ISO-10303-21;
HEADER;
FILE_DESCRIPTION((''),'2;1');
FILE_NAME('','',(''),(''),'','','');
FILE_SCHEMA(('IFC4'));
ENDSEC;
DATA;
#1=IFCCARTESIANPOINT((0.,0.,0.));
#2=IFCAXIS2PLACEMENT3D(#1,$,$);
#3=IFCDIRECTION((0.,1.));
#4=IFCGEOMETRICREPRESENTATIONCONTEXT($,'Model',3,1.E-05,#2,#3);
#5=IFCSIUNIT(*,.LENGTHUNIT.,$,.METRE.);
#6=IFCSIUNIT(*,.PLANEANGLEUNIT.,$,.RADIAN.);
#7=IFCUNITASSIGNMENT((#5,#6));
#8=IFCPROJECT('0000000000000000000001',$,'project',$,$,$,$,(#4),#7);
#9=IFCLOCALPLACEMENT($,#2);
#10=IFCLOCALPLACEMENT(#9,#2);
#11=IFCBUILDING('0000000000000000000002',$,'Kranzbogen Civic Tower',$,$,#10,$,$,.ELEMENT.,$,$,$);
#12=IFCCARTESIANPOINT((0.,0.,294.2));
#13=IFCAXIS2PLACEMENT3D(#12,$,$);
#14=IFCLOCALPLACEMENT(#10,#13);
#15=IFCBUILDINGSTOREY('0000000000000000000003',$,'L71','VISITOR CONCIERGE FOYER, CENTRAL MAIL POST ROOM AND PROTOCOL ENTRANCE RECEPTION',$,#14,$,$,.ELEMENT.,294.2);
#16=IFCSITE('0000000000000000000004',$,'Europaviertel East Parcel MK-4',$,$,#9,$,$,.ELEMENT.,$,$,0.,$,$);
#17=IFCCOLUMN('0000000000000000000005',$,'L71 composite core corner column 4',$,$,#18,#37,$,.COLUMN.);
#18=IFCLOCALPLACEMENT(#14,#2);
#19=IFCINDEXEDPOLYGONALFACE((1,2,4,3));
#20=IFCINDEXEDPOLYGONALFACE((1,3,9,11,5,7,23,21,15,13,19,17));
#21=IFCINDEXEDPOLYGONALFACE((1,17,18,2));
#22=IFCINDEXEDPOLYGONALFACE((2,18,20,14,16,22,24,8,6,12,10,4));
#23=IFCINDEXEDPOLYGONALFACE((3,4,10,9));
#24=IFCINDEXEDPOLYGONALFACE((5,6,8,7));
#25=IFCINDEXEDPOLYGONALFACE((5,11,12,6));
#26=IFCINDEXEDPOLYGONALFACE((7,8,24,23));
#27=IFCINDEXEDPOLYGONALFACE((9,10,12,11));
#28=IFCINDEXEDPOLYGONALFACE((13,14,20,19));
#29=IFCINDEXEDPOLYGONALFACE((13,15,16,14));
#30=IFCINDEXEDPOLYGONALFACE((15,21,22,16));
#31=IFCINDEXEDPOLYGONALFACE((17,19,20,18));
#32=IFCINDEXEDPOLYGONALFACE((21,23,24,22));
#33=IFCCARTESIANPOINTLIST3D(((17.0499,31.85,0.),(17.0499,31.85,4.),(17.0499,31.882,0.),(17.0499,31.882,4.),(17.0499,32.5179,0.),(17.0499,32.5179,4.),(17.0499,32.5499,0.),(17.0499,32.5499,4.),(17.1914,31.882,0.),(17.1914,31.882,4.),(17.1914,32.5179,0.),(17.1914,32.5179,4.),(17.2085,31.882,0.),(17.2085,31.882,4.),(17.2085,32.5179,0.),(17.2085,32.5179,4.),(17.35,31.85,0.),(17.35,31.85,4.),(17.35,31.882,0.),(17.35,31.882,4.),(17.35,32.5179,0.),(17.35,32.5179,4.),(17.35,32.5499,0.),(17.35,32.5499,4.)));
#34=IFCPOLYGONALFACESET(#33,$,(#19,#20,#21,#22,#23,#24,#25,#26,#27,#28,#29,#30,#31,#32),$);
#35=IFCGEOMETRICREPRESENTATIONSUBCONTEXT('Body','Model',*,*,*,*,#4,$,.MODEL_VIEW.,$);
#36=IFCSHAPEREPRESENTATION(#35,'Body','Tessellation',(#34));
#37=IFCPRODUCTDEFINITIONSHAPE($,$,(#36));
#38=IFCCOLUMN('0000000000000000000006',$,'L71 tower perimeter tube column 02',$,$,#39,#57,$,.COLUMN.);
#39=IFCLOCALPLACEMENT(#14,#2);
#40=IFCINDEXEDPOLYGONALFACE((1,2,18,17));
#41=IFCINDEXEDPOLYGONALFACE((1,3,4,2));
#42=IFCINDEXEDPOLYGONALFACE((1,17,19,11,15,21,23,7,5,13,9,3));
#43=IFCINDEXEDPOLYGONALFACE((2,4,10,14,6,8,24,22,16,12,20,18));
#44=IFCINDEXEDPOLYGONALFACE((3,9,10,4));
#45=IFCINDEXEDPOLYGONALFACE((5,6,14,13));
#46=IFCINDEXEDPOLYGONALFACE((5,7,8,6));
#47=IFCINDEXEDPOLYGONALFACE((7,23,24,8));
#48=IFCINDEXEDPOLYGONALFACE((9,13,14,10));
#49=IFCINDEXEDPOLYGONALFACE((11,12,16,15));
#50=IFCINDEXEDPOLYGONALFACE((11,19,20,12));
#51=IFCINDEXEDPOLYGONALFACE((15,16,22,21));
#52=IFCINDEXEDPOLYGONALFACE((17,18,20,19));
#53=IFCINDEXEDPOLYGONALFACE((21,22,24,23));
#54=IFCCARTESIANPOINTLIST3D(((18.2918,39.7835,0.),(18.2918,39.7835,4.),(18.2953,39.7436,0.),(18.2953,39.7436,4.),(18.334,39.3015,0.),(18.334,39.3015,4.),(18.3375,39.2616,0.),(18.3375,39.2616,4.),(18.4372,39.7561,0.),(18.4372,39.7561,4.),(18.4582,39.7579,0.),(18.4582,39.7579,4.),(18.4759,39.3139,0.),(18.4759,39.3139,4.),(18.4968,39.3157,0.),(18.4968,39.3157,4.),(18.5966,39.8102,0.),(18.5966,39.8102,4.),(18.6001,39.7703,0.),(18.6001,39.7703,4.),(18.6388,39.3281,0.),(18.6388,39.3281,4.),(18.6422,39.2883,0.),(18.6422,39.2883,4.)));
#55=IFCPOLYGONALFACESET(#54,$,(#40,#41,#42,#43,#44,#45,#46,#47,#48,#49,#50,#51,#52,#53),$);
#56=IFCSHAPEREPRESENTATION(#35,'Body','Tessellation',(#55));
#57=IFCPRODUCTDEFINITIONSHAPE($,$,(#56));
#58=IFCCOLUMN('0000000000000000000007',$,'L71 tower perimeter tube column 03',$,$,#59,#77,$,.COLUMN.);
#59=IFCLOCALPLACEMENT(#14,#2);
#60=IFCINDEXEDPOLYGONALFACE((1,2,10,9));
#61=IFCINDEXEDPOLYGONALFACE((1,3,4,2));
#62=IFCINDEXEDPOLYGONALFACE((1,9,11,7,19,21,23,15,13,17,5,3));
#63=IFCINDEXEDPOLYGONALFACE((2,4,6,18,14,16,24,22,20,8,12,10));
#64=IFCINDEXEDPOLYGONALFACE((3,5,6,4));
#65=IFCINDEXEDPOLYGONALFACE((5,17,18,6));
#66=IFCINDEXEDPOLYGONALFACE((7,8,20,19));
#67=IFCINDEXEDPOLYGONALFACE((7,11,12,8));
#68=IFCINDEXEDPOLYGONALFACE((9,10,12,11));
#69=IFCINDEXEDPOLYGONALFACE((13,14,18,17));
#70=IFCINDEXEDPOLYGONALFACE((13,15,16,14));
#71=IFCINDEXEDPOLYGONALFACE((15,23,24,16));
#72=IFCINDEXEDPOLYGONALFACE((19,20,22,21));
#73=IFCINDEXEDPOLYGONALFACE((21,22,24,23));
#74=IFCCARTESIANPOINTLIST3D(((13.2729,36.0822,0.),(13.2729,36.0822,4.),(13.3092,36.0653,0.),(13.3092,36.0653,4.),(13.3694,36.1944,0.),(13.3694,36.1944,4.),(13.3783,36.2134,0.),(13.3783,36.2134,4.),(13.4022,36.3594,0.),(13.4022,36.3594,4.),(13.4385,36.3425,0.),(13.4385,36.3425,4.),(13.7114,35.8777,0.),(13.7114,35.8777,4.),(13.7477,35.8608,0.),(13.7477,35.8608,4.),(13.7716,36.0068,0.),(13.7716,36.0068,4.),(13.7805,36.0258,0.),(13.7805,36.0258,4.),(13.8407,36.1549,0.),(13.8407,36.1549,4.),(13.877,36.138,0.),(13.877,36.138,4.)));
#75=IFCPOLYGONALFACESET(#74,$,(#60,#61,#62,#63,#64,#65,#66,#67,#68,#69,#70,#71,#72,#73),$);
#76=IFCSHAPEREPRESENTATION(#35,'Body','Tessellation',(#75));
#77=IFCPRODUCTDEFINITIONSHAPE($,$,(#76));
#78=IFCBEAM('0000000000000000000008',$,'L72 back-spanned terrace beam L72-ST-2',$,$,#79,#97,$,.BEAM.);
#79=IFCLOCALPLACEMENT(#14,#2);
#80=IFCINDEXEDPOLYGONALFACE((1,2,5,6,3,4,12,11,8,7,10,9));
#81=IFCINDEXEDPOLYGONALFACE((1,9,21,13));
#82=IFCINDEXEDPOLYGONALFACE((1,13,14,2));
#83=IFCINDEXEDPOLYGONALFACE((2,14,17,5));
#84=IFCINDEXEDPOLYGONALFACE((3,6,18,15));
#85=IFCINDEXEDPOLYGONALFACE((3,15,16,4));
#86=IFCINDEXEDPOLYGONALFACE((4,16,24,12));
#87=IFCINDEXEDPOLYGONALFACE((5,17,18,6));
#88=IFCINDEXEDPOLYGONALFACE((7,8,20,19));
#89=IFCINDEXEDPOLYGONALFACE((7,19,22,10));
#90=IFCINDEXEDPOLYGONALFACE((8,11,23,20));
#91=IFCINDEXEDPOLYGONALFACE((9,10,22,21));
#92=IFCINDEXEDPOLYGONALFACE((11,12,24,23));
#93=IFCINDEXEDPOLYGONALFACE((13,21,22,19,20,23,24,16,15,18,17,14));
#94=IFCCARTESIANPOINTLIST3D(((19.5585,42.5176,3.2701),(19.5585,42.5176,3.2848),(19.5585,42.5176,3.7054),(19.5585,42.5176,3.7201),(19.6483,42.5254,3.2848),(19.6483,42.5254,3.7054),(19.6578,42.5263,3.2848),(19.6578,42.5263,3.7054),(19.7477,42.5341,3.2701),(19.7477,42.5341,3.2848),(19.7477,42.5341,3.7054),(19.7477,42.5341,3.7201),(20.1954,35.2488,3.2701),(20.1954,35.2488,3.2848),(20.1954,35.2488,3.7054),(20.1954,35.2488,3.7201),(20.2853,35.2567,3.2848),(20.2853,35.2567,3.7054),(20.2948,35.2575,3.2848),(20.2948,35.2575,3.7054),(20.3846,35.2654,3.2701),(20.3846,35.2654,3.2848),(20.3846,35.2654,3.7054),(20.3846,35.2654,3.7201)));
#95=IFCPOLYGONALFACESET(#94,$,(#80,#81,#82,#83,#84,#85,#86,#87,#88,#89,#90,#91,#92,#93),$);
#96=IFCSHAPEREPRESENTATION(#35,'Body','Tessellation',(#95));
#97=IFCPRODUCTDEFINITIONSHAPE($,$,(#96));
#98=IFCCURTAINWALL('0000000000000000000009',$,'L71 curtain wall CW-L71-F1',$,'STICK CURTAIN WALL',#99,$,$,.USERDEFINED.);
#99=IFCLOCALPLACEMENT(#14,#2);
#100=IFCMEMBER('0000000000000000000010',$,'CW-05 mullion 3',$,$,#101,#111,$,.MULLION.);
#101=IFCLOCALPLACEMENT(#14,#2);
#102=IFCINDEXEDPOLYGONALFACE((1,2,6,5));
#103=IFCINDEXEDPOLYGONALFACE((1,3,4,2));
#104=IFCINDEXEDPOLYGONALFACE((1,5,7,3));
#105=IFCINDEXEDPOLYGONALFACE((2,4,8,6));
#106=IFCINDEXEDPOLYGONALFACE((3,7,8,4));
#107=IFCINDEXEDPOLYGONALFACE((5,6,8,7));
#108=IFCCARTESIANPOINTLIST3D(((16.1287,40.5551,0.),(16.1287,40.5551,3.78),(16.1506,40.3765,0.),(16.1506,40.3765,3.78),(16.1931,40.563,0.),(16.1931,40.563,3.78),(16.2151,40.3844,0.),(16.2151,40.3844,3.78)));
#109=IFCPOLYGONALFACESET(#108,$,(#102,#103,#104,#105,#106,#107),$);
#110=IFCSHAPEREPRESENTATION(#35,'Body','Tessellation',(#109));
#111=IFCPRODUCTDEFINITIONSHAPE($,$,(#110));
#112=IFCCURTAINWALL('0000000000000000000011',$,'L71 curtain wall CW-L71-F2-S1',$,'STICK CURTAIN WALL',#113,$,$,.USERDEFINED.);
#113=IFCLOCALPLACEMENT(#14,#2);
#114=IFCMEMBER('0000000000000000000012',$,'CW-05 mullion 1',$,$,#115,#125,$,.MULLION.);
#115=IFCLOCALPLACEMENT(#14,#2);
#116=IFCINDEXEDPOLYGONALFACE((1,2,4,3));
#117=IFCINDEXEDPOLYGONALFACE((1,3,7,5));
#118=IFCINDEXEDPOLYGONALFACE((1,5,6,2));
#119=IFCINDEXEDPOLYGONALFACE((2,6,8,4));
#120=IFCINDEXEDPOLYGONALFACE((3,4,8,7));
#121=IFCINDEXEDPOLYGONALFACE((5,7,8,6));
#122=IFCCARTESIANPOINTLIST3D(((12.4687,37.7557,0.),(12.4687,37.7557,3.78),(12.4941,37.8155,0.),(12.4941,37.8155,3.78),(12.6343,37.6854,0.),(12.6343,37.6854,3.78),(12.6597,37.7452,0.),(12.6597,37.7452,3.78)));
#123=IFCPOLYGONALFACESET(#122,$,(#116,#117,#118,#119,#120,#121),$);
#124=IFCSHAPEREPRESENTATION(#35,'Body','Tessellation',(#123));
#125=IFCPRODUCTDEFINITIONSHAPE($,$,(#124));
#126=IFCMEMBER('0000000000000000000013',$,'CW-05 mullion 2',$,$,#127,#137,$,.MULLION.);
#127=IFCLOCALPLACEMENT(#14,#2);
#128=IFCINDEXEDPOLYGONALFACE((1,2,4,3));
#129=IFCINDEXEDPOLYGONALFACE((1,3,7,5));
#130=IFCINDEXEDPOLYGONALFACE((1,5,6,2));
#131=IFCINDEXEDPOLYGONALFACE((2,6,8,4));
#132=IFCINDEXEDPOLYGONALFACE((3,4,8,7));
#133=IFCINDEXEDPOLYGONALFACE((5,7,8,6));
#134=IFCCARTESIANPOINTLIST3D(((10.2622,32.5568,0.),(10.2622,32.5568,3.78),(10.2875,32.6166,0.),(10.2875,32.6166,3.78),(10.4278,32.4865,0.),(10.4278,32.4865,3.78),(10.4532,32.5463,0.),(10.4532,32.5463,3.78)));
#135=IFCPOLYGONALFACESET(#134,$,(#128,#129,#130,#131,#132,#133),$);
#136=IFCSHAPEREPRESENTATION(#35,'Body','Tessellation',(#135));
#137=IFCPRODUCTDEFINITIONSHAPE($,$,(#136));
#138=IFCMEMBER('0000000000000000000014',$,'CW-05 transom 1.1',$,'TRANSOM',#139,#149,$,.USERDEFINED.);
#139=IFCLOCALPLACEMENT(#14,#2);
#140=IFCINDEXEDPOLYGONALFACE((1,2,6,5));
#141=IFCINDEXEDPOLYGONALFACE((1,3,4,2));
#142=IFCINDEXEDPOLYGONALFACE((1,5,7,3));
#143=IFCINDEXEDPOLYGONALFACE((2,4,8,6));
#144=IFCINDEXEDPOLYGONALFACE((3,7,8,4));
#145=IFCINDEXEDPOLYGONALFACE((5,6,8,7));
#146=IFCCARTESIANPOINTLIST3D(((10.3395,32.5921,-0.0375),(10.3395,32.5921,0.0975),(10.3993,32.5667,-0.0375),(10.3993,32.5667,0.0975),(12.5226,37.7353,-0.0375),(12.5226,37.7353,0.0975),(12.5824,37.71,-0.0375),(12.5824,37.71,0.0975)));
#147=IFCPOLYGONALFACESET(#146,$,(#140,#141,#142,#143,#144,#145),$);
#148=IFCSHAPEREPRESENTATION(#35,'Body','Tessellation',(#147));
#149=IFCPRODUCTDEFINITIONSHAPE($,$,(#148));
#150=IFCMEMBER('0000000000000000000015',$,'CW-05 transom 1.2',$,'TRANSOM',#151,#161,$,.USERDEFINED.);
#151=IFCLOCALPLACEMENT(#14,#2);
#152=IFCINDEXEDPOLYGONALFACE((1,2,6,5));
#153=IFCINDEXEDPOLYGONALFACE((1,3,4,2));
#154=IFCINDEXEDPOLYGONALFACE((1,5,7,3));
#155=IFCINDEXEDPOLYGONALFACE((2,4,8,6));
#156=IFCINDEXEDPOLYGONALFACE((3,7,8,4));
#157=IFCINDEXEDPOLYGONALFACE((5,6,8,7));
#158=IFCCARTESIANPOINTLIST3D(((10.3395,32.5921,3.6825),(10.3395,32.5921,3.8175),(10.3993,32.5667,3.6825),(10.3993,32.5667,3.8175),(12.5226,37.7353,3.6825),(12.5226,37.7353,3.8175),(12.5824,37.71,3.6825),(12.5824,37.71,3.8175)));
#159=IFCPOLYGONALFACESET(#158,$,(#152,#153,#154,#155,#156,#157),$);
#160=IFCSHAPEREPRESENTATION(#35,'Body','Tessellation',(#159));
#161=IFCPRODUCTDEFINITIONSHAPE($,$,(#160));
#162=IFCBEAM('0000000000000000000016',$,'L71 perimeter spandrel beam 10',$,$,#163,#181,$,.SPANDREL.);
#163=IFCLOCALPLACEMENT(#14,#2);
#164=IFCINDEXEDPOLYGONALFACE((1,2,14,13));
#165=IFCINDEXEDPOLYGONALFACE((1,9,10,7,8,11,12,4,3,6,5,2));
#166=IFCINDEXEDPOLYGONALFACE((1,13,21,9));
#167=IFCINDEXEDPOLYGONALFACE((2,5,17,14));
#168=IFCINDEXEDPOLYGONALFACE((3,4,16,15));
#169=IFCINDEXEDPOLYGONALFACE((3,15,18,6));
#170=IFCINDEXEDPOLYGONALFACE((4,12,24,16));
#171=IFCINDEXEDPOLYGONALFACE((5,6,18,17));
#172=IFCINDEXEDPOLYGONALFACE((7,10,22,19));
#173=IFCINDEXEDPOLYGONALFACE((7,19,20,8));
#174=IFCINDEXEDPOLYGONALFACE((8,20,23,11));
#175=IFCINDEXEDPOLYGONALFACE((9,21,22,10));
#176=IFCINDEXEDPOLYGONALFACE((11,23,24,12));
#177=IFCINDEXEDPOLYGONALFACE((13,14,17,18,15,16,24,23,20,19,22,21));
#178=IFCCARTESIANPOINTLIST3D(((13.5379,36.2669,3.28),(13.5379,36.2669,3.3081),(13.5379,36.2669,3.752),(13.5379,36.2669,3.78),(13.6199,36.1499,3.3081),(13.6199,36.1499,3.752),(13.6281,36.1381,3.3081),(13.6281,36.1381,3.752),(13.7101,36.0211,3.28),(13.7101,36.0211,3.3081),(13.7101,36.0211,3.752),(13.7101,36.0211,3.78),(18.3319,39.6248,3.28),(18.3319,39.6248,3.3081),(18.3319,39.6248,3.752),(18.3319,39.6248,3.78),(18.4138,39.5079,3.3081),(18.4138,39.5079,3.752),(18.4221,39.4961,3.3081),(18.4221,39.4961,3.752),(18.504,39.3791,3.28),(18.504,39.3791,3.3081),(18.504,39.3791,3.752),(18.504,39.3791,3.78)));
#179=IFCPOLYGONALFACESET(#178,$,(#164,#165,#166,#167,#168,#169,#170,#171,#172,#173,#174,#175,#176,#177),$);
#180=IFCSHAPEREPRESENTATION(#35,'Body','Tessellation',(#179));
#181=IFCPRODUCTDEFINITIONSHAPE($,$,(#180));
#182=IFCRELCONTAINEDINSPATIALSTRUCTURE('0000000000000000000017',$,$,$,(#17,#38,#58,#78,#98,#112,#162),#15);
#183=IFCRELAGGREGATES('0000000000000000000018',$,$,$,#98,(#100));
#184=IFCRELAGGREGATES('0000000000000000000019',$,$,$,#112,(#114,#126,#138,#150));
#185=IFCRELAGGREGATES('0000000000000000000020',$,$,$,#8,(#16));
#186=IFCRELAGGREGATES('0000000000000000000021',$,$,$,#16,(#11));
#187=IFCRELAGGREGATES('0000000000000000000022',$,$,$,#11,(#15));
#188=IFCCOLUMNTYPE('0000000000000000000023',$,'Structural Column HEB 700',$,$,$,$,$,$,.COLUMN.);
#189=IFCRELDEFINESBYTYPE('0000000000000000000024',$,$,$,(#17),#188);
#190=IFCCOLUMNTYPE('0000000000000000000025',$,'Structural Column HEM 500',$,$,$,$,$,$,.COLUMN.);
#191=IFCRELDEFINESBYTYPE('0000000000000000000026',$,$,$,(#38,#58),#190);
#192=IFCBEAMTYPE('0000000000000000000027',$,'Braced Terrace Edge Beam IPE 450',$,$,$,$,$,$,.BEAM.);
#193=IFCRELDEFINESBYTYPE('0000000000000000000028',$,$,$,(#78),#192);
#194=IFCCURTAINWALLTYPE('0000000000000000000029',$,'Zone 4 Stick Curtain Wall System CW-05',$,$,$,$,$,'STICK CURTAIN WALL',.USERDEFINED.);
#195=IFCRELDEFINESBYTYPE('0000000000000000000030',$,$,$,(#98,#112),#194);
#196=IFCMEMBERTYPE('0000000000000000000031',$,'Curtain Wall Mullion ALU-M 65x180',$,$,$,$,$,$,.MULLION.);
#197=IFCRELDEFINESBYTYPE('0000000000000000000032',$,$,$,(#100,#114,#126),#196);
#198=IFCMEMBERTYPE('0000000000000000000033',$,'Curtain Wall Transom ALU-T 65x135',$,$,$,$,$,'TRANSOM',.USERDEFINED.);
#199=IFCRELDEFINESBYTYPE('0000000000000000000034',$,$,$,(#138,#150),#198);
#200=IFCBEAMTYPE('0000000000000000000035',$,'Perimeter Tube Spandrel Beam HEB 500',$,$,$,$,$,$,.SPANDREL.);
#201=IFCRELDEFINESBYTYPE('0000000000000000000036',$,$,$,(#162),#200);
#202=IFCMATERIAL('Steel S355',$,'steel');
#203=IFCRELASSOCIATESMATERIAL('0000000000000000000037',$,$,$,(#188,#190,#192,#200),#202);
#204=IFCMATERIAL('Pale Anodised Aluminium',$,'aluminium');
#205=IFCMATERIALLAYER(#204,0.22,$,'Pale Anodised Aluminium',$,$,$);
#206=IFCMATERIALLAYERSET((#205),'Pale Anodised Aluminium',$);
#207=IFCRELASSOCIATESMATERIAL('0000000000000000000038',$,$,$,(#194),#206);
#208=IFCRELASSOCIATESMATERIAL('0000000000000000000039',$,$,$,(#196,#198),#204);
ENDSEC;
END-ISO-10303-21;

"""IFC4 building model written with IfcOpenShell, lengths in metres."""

from ifc_helpers import new_model, si_unit, direction, frame, origin, origin_2d, place, context, subcontext, project, spatial, rectangle, i_section, extrude, material, layer, layer_set, material_profile, profile_set, type_object, element, aggregate, save


model = new_model("IFC4")

# Units and contexts
model_context = context("Model", 3, precision=1e-05, world=origin(), true_north=direction((0.0, 1.0)))
body_context = subcontext(model_context, "Body", "Model", "MODEL_VIEW")
ifc_project = project(units=[si_unit("LENGTHUNIT", "METRE"), si_unit("PLANEANGLEUNIT", "RADIAN")], contexts=[model_context])

# Site, building, storey
site_placement = place(None, origin())
site = spatial("IfcSite", under=ifc_project, at=site_placement, Name="Europaviertel East Parcel MK-4", CompositionType="ELEMENT", RefElevation=0.0)
building_placement = place(site_placement, origin())
building = spatial("IfcBuilding", under=site, at=building_placement, Name="Kranzbogen Civic Tower", CompositionType="ELEMENT")
storey_placement = place(building_placement, frame((0.0, 0.0, 294.2)))
storey = spatial("IfcBuildingStorey", under=building, at=storey_placement, Name="L71", Description="VISITOR CONCIERGE FOYER, CENTRAL MAIL POST ROOM AND PROTOCOL ENTRANCE RECEPTION", CompositionType="ELEMENT", Elevation=294.2)

# Columns
ifc_material_1 = material(Name="Steel S355", Category="steel")
ifc_material_profile_1 = material_profile(ifc_material_1, i_section(OverallWidth=0.3, OverallDepth=0.7, WebThickness=0.0171, FlangeThickness=0.032, at=origin_2d()), Name="HEB 700")
ifc_profile_set_1 = profile_set([ifc_material_profile_1], Name="Steel S355")
column_type_1 = type_object("IfcColumnType", Name="Structural Column HEB 700", PredefinedType="COLUMN", material=ifc_profile_set_1)
column_placement = place(storey_placement, frame((17.2, 32.2, 0.0), z_axis=(0.0, 0.0, 1.0), x_axis=(1.0, 0.0, 0.0)))
element("IfcColumn", 1, at=column_placement, inside=storey, type_object=column_type_1, Name="L71 composite core corner column 4", PredefinedType="COLUMN", context=body_context, shape_type="SweptSolid", body=[
    extrude(i_section(OverallWidth=0.3, OverallDepth=0.7, WebThickness=0.0171, FlangeThickness=0.032, at=origin_2d()), origin(), (0.0, 0.0, 1.0), 4.0),
])
ifc_material_profile_2 = material_profile(ifc_material_1, i_section(OverallWidth=0.3059, OverallDepth=0.5239, WebThickness=0.021, FlangeThickness=0.04, at=origin_2d()), Name="HEM 500")
ifc_profile_set_2 = profile_set([ifc_material_profile_2], Name="Steel S355")
column_type_2 = type_object("IfcColumnType", Name="Structural Column HEM 500", PredefinedType="COLUMN", material=ifc_profile_set_2)
for number, where, z_axis, x_axis, name in (
    (2, (18.467, 39.5359, 0.0), (0.0, 0.0, 1.0), (0.996195, 0.087156, 0.0), "L71 tower perimeter tube column 02"),
    (3, (13.575, 36.1101, 0.0), (0.0, 0.0, 1.0), (0.422618, 0.906308, 0.0), "L71 tower perimeter tube column 03"),
):
    element("IfcColumn", number, at=place(storey_placement, frame(where, z_axis=z_axis, x_axis=x_axis)), inside=storey, type_object=column_type_2, Name=name, PredefinedType="COLUMN", context=body_context, shape_type="SweptSolid", body=[
        extrude(i_section(OverallWidth=0.3059, OverallDepth=0.5239, WebThickness=0.021, FlangeThickness=0.04, at=origin_2d()), origin(), (0.0, 0.0, 1.0), 4.0),
    ])

# Beam
ifc_material_profile_3 = material_profile(ifc_material_1, i_section(OverallWidth=0.1899, OverallDepth=0.45, WebThickness=0.0095, FlangeThickness=0.0146, at=origin_2d()), Name="IPE 450")
ifc_profile_set_3 = profile_set([ifc_material_profile_3], Name="Steel S355")
beam_type_1 = type_object("IfcBeamType", Name="Braced Terrace Edge Beam IPE 450", PredefinedType="BEAM", material=ifc_profile_set_3)
beam_1_placement = place(storey_placement, frame((20.29, 35.2571, 3.4951), z_axis=(-0.087295, 0.996182, 0.0), x_axis=(-0.996182, -0.087295, 0.0)))
element("IfcBeam", 4, at=beam_1_placement, inside=storey, type_object=beam_type_1, Name="L72 back-spanned terrace beam L72-ST-2", PredefinedType="BEAM", context=body_context, shape_type="SweptSolid", body=[
    extrude(i_section(OverallWidth=0.1899, OverallDepth=0.45, WebThickness=0.0095, FlangeThickness=0.0146, at=origin_2d()), origin(), (0.0, 0.0, 1.0), 7.2966),
])

# Curtain wall, member
ifc_material_2 = material(Name="Pale Anodised Aluminium", Category="aluminium")
ifc_layer_1 = layer(ifc_material_2, 0.22, Name="Pale Anodised Aluminium")
ifc_layer_set_1 = layer_set([ifc_layer_1], Name="Pale Anodised Aluminium")
curtain_wall_type = type_object("IfcCurtainWallType", Name="Zone 4 Stick Curtain Wall System CW-05", ElementType="STICK CURTAIN WALL", PredefinedType="USERDEFINED", material=ifc_layer_set_1)
curtain_wall_1_placement = place(storey_placement, origin())
curtain_wall_1 = element("IfcCurtainWall", 5, at=curtain_wall_1_placement, inside=storey, type_object=curtain_wall_type, Name="L71 curtain wall CW-L71-F1", ObjectType="STICK CURTAIN WALL", PredefinedType="USERDEFINED")
ifc_material_profile_4 = material_profile(ifc_material_2, rectangle(XDim=0.0649, YDim=0.1799, at=origin_2d()), Name="ALU-M 65x180")
ifc_profile_set_4 = profile_set([ifc_material_profile_4], Name="Pale Anodised Aluminium")
member_type_1 = type_object("IfcMemberType", Name="Curtain Wall Mullion ALU-M 65x180", PredefinedType="MULLION", material=ifc_profile_set_4)
member_1_placement = place(storey_placement, frame((16.1719, 40.4697, 0.0), z_axis=(0.0, 0.0, 1.0), x_axis=(-0.992552, -0.121825, 0.0)))
member_1 = element("IfcMember", 6, at=member_1_placement, type_object=member_type_1, Name="CW-05 mullion 3", PredefinedType="MULLION", context=body_context, shape_type="SweptSolid", body=[
    extrude(rectangle(XDim=0.0649, YDim=0.1799, at=origin_2d()), origin(), (0.0, 0.0, 1.0), 3.78),
])

# Curtain wall, members
curtain_wall_2_placement = place(storey_placement, origin())
curtain_wall_2 = element("IfcCurtainWall", 7, at=curtain_wall_2_placement, inside=storey, type_object=curtain_wall_type, Name="L71 curtain wall CW-L71-F2-S1", ObjectType="STICK CURTAIN WALL", PredefinedType="USERDEFINED")
member_2_placement = place(storey_placement, frame((12.5642, 37.7505, 0.0), z_axis=(0.0, 0.0, 1.0), x_axis=(-0.390703, -0.920517, 0.0)))
member_2 = element("IfcMember", 8, at=member_2_placement, type_object=member_type_1, Name="CW-05 mullion 1", PredefinedType="MULLION", context=body_context, shape_type="SweptSolid", body=[
    extrude(rectangle(XDim=0.0649, YDim=0.1799, at=origin_2d()), origin(), (0.0, 0.0, 1.0), 3.78),
])
member_3_placement = place(storey_placement, frame((10.3577, 32.5515, 0.0), z_axis=(0.0, 0.0, 1.0), x_axis=(-0.390703, -0.920517, 0.0)))
member_3 = element("IfcMember", 9, at=member_3_placement, type_object=member_type_1, Name="CW-05 mullion 2", PredefinedType="MULLION", context=body_context, shape_type="SweptSolid", body=[
    extrude(rectangle(XDim=0.0649, YDim=0.1799, at=origin_2d()), origin(), (0.0, 0.0, 1.0), 3.78),
])
ifc_material_profile_5 = material_profile(ifc_material_2, rectangle(XDim=0.0649, YDim=0.135, at=origin_2d()), Name="ALU-T 65x135")
ifc_profile_set_5 = profile_set([ifc_material_profile_5], Name="Pale Anodised Aluminium")
member_type_2 = type_object("IfcMemberType", Name="Curtain Wall Transom ALU-T 65x135", ElementType="TRANSOM", PredefinedType="USERDEFINED", material=ifc_profile_set_5)
member_4_placement = place(storey_placement, frame((12.5525, 37.7227, 0.03), z_axis=(-0.390716, -0.920511, 0.0), x_axis=(0.920511, -0.390716, 0.0)))
member_4 = element("IfcMember", 10, at=member_4_placement, type_object=member_type_2, Name="CW-05 transom 1.1", ObjectType="TRANSOM", PredefinedType="USERDEFINED", context=body_context, shape_type="SweptSolid", body=[
    extrude(rectangle(XDim=0.0649, YDim=0.135, at=origin_2d()), origin(), (0.0, 0.0, 1.0), 5.5874),
])
member_5_placement = place(storey_placement, frame((12.5525, 37.7227, 3.75), z_axis=(-0.390716, -0.920511, 0.0), x_axis=(0.920511, -0.390716, 0.0)))
member_5 = element("IfcMember", 11, at=member_5_placement, type_object=member_type_2, Name="CW-05 transom 1.2", ObjectType="TRANSOM", PredefinedType="USERDEFINED", context=body_context, shape_type="SweptSolid", body=[
    extrude(rectangle(XDim=0.0649, YDim=0.135, at=origin_2d()), origin(), (0.0, 0.0, 1.0), 5.5874),
])

# Beam
ifc_material_profile_6 = material_profile(ifc_material_1, i_section(OverallWidth=0.3, OverallDepth=0.5, WebThickness=0.0144, FlangeThickness=0.0281, at=origin_2d()), Name="HEB 500")
ifc_profile_set_6 = profile_set([ifc_material_profile_6], Name="Steel S355")
beam_type_2 = type_object("IfcBeamType", Name="Perimeter Tube Spandrel Beam HEB 500", PredefinedType="SPANDREL", material=ifc_profile_set_6)
beam_2_placement = place(storey_placement, frame((18.418, 39.502, 3.53), z_axis=(-0.819059, -0.573709, 0.0), x_axis=(0.573709, -0.819059, 0.0)))
element("IfcBeam", 12, at=beam_2_placement, inside=storey, type_object=beam_type_2, Name="L71 perimeter spandrel beam 10", PredefinedType="SPANDREL", context=body_context, shape_type="SweptSolid", body=[
    extrude(i_section(OverallWidth=0.3, OverallDepth=0.5, WebThickness=0.0144, FlangeThickness=0.0281, at=origin_2d()), origin(), (0.0, 0.0, 1.0), 5.853),
])

aggregate(curtain_wall_1, [member_1])
aggregate(curtain_wall_2, [member_2, member_3, member_4, member_5])

save(model, "model.ifc")
